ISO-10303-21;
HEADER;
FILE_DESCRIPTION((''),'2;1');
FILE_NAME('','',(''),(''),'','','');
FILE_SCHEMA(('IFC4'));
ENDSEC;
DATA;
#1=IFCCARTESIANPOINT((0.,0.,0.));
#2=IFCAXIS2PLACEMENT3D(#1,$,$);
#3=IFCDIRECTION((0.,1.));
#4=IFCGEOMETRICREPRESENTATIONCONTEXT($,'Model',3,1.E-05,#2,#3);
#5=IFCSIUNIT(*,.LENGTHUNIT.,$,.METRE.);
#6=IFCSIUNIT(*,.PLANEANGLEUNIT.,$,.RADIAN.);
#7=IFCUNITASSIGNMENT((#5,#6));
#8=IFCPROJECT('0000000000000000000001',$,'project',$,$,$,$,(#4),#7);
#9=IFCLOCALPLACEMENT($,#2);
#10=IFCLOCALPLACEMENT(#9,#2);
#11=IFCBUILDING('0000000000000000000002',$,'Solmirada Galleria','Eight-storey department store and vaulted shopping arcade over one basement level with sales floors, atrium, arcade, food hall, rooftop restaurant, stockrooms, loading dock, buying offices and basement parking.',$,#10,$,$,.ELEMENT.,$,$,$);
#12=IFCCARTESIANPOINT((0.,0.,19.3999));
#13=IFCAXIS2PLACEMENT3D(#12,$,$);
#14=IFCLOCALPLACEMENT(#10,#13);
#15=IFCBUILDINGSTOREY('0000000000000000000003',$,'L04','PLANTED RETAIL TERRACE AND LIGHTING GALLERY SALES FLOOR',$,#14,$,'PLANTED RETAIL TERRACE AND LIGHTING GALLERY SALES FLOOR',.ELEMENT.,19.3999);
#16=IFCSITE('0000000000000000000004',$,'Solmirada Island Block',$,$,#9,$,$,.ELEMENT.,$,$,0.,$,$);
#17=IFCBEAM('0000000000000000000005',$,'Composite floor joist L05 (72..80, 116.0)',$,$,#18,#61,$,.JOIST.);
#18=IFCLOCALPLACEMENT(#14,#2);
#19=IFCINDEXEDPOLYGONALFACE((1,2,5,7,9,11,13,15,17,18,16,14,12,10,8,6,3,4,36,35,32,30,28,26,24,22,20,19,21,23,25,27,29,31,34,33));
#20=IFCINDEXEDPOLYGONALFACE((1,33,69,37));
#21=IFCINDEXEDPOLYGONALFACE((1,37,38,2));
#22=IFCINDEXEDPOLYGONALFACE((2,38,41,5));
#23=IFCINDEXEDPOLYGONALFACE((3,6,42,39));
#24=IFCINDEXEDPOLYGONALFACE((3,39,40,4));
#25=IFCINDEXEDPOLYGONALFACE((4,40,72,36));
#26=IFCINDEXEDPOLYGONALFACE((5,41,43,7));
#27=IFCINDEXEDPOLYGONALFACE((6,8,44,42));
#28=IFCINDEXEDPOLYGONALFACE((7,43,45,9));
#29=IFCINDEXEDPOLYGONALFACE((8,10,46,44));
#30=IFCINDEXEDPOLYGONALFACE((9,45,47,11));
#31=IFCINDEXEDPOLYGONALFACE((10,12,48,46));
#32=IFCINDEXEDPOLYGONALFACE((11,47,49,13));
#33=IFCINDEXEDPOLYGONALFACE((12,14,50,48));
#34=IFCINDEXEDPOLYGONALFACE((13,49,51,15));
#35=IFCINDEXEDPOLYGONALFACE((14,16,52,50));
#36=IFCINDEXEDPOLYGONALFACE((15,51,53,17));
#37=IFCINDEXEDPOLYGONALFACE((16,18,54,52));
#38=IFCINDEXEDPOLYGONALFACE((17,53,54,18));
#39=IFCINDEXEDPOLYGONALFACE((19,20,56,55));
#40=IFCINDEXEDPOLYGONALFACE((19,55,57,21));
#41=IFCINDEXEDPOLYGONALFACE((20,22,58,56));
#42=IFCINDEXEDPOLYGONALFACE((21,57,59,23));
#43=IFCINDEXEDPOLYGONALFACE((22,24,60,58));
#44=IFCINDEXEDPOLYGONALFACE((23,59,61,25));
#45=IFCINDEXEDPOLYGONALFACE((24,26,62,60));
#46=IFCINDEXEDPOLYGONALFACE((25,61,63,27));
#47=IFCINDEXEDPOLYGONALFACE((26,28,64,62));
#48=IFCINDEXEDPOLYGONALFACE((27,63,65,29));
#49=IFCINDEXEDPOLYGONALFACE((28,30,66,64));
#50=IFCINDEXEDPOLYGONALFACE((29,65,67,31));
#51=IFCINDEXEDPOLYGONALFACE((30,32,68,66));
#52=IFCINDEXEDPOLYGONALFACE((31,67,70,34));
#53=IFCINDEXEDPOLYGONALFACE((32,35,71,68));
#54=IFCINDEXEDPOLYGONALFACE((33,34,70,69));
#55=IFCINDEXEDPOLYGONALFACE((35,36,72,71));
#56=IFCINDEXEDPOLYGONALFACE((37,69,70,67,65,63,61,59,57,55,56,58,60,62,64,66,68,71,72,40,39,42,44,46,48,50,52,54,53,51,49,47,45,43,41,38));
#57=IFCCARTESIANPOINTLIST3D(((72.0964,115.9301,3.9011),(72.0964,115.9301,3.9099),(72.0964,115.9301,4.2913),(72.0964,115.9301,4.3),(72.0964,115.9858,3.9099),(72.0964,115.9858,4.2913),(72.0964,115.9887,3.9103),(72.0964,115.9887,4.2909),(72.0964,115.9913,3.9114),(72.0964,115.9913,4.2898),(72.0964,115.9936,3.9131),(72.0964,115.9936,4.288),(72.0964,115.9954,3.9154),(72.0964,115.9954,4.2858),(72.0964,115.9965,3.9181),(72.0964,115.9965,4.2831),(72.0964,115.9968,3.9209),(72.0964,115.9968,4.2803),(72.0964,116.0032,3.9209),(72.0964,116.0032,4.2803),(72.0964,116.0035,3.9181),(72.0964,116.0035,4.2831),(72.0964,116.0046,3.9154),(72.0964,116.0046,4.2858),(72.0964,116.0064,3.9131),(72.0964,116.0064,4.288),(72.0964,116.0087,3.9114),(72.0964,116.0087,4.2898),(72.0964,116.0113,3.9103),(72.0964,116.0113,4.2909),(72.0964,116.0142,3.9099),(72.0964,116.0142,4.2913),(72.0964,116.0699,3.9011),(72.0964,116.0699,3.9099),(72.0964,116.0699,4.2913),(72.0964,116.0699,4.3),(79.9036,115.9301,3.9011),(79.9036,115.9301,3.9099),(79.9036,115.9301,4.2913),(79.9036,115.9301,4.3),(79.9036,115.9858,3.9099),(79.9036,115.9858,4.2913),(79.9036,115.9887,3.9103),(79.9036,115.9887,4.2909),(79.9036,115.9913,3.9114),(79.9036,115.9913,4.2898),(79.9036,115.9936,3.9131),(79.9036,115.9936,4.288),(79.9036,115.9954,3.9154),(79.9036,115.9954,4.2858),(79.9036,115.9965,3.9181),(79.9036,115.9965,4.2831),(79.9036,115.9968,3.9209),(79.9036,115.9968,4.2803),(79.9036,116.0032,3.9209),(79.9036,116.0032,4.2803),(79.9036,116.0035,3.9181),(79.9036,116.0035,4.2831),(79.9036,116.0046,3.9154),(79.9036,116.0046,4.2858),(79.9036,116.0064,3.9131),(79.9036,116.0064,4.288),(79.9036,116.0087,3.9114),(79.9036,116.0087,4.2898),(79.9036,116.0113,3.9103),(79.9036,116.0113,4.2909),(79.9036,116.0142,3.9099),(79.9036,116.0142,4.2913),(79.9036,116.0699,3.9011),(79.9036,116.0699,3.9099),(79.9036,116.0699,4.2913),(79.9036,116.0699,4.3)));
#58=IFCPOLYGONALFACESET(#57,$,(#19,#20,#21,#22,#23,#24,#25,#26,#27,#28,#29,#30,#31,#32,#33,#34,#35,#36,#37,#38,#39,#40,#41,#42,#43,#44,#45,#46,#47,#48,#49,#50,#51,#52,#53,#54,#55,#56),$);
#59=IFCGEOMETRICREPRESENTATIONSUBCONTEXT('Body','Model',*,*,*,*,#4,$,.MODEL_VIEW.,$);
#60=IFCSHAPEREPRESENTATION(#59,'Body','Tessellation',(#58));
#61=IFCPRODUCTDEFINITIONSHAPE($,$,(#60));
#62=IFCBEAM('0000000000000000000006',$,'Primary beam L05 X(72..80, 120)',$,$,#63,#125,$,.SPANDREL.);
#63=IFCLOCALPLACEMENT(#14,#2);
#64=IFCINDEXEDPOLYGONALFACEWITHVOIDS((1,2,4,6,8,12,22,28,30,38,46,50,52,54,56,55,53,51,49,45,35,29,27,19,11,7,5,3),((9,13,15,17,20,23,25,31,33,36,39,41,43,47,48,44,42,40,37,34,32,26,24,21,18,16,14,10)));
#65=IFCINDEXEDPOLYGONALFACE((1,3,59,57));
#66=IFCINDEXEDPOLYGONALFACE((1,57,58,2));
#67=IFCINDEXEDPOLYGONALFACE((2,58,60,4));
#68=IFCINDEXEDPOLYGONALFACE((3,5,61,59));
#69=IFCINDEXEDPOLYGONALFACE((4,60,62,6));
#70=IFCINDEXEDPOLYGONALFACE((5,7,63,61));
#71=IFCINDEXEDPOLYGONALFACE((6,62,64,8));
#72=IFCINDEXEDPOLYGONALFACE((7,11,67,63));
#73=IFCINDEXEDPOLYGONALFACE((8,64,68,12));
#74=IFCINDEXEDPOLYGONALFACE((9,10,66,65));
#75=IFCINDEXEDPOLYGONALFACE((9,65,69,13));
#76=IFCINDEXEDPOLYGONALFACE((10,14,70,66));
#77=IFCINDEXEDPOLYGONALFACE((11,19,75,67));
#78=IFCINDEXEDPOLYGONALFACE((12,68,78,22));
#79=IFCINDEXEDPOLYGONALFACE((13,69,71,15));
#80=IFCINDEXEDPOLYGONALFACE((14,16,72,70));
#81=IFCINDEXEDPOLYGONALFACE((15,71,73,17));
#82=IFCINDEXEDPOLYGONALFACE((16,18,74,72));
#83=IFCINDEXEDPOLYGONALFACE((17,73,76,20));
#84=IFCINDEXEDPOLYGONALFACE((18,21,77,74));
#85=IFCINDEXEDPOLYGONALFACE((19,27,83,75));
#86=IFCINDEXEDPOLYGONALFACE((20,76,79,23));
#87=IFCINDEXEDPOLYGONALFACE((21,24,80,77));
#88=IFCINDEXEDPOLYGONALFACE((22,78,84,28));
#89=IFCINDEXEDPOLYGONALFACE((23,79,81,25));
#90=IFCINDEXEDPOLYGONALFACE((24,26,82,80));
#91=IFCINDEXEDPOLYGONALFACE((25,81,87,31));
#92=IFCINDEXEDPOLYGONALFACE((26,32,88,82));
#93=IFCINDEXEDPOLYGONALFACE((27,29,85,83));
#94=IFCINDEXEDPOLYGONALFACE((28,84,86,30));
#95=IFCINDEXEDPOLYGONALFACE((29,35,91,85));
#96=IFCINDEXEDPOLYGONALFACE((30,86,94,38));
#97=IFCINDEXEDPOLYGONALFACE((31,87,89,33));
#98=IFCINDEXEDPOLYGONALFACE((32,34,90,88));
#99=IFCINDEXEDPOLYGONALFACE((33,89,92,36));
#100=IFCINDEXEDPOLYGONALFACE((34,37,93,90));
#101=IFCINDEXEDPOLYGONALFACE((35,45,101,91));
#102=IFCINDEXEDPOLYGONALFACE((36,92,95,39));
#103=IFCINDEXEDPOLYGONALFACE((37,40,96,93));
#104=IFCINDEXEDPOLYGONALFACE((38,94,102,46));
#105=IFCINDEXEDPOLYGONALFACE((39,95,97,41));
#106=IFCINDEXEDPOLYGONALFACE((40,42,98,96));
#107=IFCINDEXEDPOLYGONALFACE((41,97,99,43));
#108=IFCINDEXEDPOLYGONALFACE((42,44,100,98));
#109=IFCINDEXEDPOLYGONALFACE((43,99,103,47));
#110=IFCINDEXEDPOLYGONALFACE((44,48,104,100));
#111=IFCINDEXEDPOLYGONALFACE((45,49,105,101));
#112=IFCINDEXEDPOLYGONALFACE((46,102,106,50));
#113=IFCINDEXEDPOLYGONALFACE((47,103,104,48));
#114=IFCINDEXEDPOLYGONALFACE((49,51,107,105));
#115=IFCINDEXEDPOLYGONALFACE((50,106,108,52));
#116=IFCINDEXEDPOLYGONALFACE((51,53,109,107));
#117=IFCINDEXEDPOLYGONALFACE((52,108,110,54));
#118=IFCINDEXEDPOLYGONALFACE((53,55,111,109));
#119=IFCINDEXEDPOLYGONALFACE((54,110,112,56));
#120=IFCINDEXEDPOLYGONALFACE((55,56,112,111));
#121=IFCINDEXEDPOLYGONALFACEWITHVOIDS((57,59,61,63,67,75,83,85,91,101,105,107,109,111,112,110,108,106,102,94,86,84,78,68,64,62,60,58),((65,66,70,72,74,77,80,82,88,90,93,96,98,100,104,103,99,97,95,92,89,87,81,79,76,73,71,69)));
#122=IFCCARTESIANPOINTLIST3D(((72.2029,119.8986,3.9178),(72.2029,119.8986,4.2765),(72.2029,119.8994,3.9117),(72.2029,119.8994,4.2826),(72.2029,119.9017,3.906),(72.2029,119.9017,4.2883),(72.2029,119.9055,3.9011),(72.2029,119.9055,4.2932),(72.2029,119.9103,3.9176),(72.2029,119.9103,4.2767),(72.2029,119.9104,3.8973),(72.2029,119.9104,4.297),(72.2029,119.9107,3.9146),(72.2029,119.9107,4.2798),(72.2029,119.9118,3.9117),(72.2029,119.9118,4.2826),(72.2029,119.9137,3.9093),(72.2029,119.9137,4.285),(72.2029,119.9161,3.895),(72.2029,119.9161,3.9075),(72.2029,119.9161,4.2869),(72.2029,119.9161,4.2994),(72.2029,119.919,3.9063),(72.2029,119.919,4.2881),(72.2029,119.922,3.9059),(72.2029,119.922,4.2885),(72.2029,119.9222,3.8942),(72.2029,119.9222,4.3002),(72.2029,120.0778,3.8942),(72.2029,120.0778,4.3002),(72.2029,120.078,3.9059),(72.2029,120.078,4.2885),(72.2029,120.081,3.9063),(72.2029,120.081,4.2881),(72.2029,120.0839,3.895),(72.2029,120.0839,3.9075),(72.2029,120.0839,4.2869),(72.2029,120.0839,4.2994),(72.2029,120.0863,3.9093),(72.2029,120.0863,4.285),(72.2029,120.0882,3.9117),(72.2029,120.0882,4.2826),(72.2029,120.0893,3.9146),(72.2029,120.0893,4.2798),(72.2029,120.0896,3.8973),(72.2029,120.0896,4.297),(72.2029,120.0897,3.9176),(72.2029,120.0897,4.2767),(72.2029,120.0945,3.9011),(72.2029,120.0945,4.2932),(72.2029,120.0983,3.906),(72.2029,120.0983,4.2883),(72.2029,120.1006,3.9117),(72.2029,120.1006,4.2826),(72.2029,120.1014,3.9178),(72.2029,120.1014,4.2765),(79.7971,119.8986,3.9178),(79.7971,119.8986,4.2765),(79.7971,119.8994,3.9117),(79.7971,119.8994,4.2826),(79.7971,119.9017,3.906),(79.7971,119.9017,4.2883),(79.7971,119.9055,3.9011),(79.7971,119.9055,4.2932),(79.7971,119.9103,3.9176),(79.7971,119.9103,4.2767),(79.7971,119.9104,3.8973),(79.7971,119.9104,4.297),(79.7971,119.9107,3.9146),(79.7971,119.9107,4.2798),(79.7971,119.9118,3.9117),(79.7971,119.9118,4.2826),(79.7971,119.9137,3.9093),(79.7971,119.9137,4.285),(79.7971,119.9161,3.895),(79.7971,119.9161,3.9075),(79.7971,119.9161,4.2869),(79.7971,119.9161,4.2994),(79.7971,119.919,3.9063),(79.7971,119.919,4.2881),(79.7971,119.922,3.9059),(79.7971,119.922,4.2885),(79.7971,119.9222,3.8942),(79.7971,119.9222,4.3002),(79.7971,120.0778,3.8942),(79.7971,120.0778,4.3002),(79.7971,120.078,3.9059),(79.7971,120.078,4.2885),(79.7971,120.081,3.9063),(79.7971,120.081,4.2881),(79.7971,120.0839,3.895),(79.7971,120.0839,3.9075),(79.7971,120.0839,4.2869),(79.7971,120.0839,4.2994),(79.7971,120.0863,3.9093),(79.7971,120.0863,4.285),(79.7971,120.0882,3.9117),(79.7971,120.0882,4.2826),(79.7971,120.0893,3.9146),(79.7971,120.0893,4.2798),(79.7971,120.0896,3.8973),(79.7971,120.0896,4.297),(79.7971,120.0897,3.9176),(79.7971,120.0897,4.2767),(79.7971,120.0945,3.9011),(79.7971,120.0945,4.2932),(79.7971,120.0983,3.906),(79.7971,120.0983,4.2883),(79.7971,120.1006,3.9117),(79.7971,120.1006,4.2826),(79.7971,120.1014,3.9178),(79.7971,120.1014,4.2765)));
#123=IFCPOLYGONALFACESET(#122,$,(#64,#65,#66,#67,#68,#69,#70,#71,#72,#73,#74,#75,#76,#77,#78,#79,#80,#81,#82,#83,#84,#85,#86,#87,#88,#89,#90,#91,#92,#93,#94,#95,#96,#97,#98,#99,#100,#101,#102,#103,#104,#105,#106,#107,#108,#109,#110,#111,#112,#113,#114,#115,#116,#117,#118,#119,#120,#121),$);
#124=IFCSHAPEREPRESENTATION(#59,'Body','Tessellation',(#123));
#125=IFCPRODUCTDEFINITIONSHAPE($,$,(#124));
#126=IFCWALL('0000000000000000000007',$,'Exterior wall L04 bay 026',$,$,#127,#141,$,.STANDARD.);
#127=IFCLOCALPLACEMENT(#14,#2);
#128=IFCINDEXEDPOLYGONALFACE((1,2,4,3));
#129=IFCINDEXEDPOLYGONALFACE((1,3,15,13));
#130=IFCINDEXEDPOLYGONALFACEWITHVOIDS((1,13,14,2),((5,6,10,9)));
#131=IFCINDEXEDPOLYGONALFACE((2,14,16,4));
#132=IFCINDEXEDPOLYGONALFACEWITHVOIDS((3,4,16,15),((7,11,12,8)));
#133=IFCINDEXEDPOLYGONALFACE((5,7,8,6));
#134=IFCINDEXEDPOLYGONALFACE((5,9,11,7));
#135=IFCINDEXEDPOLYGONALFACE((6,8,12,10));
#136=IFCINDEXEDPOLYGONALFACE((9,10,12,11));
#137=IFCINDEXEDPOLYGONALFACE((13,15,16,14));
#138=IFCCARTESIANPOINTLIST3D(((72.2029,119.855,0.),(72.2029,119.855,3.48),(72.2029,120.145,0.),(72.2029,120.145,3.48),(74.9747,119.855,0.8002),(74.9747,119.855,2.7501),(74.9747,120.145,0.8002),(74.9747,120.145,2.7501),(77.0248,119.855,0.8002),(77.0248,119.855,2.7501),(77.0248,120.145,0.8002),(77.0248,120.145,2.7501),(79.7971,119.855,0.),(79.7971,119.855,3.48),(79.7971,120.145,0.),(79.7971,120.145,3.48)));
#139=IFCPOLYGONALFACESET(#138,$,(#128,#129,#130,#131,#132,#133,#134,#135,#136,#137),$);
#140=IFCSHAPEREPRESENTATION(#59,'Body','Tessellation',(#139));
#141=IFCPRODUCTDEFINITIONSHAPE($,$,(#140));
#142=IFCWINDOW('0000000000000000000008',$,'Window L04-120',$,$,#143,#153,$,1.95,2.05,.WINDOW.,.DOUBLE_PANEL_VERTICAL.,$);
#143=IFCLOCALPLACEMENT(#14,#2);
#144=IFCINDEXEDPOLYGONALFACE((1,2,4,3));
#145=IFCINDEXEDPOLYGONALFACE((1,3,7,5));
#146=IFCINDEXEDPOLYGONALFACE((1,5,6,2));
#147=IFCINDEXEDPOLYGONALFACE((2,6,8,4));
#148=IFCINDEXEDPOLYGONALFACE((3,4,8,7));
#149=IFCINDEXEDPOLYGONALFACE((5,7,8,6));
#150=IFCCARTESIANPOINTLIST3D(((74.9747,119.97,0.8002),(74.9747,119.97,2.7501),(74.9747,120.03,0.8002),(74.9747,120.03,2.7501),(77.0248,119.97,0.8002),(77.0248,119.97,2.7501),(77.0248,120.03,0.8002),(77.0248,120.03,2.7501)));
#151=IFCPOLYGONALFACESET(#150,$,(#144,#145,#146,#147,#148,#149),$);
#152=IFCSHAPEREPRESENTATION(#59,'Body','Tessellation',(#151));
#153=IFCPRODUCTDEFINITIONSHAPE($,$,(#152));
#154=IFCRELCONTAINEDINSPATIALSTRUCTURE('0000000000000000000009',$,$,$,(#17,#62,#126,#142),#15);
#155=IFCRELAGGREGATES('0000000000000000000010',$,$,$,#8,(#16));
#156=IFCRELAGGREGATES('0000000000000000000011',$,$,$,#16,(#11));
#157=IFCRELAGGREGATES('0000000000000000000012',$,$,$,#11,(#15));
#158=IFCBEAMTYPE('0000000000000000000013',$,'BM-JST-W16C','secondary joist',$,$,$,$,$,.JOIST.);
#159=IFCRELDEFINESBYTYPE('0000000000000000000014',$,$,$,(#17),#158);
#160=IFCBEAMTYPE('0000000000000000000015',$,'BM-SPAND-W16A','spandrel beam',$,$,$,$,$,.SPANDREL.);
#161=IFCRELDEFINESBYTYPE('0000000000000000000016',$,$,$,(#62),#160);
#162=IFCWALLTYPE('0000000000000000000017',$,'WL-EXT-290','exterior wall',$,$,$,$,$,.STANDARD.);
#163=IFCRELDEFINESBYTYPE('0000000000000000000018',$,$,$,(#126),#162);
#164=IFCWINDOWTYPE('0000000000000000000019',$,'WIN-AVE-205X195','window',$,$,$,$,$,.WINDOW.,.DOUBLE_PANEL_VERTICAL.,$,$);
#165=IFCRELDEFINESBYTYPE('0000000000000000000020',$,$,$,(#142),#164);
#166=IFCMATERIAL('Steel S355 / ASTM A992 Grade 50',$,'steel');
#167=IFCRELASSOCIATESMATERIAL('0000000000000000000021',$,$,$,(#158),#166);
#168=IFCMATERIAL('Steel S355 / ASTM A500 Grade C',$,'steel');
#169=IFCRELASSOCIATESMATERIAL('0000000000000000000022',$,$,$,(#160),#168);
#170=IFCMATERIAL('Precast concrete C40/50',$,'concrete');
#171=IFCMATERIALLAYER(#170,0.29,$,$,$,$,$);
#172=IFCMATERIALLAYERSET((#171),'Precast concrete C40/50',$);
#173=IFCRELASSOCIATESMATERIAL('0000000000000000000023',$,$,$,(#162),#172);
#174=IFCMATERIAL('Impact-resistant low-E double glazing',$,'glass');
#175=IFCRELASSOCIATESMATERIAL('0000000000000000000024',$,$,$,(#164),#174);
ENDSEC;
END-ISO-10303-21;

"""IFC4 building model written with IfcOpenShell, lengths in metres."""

from ifc_helpers import new_model, si_unit, direction, frame, frame_2d, origin, origin_2d, place, context, subcontext, project, spatial, rectangle, hollow_rectangle, i_section, extrude, material, layer, layer_set, material_profile, profile_set, type_object, element, fill, save


model = new_model("IFC4")

# Units and contexts
model_context = context("Model", 3, precision=1e-05, world=origin(), true_north=direction((0.0, 1.0)))
body_context = subcontext(model_context, "Body", "Model", "MODEL_VIEW")
ifc_project = project(units=[si_unit("LENGTHUNIT", "METRE"), si_unit("PLANEANGLEUNIT", "RADIAN")], contexts=[model_context])

# Site, building, storey
site_placement = place(None, origin())
site = spatial("IfcSite", under=ifc_project, at=site_placement, Name="Solmirada Island Block", CompositionType="ELEMENT", RefElevation=0.0)
building_placement = place(site_placement, origin())
building = spatial("IfcBuilding", under=site, at=building_placement, Name="Solmirada Galleria", Description="Eight-storey department store and vaulted shopping arcade over one basement level with sales floors, atrium, arcade, food hall, rooftop restaurant, stockrooms, loading dock, buying offices and basement parking.", CompositionType="ELEMENT")
storey_placement = place(building_placement, frame((0.0, 0.0, 19.3999)))
storey = spatial("IfcBuildingStorey", under=building, at=storey_placement, Name="L04", Description="PLANTED RETAIL TERRACE AND LIGHTING GALLERY SALES FLOOR", LongName="PLANTED RETAIL TERRACE AND LIGHTING GALLERY SALES FLOOR", CompositionType="ELEMENT", Elevation=19.3999)

# Shared definitions
ifc_material_1 = material(Name="Steel S355 / ASTM A500 Grade C", Category="steel")

# Beams
ifc_material_2 = material(Name="Steel S355 / ASTM A992 Grade 50", Category="steel")
ifc_material_profile_1 = material_profile(ifc_material_2, i_section(OverallWidth=0.1399, OverallDepth=0.3989, WebThickness=0.0063, FlangeThickness=0.0088, FilletRadius=0.011, at=origin_2d()), Name="W16X26")
ifc_profile_set_1 = profile_set([ifc_material_profile_1], Name="Steel S355 / ASTM A992 Grade 50")
beam_type_1 = type_object("IfcBeamType", Name="BM-JST-W16C", Description="secondary joist", PredefinedType="JOIST", material=ifc_profile_set_1)
for number, where, z_axis, x_axis, name in (
    (1, (72.0964, 116.0, 4.1006), (1.0, 0.0, 0.0), (0.0, 1.0, 0.0), "Composite floor joist L05 (72..80, 116.0)"),
):
    element("IfcBeam", number, at=place(storey_placement, frame(where, z_axis=z_axis, x_axis=x_axis)), inside=storey, type_object=beam_type_1, Name=name, PredefinedType="JOIST", context=body_context, shape_type="SweptSolid", body=[
        extrude(i_section(OverallWidth=0.1399, OverallDepth=0.3989, WebThickness=0.0063, FlangeThickness=0.0088, FilletRadius=0.011, at=origin_2d()), origin(), (0.0, 0.0, 1.0), 7.8071),
    ])
ifc_material_profile_2 = material_profile(ifc_material_1, hollow_rectangle(XDim=0.2029, YDim=0.406, WallThickness=0.0117, InnerFilletRadius=0.0117, OuterFilletRadius=0.0237, at=origin_2d()), Name="HSS16X8X1/2")
ifc_profile_set_2 = profile_set([ifc_material_profile_2], Name="Steel S355 / ASTM A500 Grade C")
beam_type_2 = type_object("IfcBeamType", Name="BM-SPAND-W16A", Description="spandrel beam", PredefinedType="SPANDREL", material=ifc_profile_set_2)
beam_1_placement = place(storey_placement, frame((72.2029, 120.0, 4.0972), z_axis=(1.0, 0.0, 0.0), x_axis=(0.0, 1.0, 0.0)))
element("IfcBeam", 2, at=beam_1_placement, inside=storey, type_object=beam_type_2, Name="Primary beam L05 X(72..80, 120)", PredefinedType="SPANDREL", context=body_context, shape_type="SweptSolid", body=[
    extrude(hollow_rectangle(XDim=0.2029, YDim=0.406, WallThickness=0.0117, InnerFilletRadius=0.0117, OuterFilletRadius=0.0237, at=origin_2d()), origin(), (0.0, 0.0, 1.0), 7.5942),
])

# Wall, opening, window
ifc_material_3 = material(Name="Precast concrete C40/50", Category="concrete")
ifc_layer_1 = layer(ifc_material_3, 0.29)
ifc_layer_set_1 = layer_set([ifc_layer_1], Name="Precast concrete C40/50")
wall_type_1 = type_object("IfcWallType", Name="WL-EXT-290", Description="exterior wall", PredefinedType="STANDARD", material=ifc_layer_set_1)
wall_1_placement = place(storey_placement, frame((72.2029, 120.0, 0.0), z_axis=(0.0, 0.0, 1.0), x_axis=(1.0, 0.0, 0.0)))
wall_1 = element("IfcWall", 3, at=wall_1_placement, inside=storey, type_object=wall_type_1, Name="Exterior wall L04 bay 026", PredefinedType="STANDARD", context=body_context, shape_type="SweptSolid", body=[
    extrude(rectangle(XDim=7.5942, YDim=0.29, at=frame_2d((3.7971, 0.0))), origin(), (0.0, 0.0, 1.0), 3.48),
])
opening_1_placement = place(wall_1_placement, frame((2.772, 0.0, 0.8)))
opening_1 = element("IfcOpeningElement", 4, at=opening_1_placement, cuts=wall_1, PredefinedType="OPENING", context=body_context, shape_type="SweptSolid", body=[
    extrude(rectangle(XDim=2.05, YDim=1.95, at=frame_2d((1.0249, 0.9751))), frame((0.0, 0.155, 0.0), z_axis=(0.0, -1.0, 0.0), x_axis=(1.0, 0.0, 0.0)), (0.0, 0.0, 1.0), 0.3101),
])
ifc_material_4 = material(Name="Impact-resistant low-E double glazing", Category="glass")
window_type = type_object("IfcWindowType", Name="WIN-AVE-205X195", Description="window", PartitioningType="DOUBLE_PANEL_VERTICAL", PredefinedType="WINDOW", material=ifc_material_4)
window_placement = place(opening_1_placement, origin())
window = element("IfcWindow", 5, at=window_placement, inside=storey, type_object=window_type, Name="Window L04-120", OverallHeight=1.95, OverallWidth=2.05, PartitioningType="DOUBLE_PANEL_VERTICAL", PredefinedType="WINDOW", context=body_context, shape_type="SweptSolid", body=[
    extrude(rectangle(XDim=2.05, YDim=1.95, at=frame_2d((1.0249, 0.9751))), frame((0.0, 0.03, 0.0), z_axis=(0.0, -1.0, 0.0), x_axis=(1.0, 0.0, 0.0)), (0.0, 0.0, 1.0), 0.0601),
])
fill(opening_1, window)

save(model, "model.ifc")
